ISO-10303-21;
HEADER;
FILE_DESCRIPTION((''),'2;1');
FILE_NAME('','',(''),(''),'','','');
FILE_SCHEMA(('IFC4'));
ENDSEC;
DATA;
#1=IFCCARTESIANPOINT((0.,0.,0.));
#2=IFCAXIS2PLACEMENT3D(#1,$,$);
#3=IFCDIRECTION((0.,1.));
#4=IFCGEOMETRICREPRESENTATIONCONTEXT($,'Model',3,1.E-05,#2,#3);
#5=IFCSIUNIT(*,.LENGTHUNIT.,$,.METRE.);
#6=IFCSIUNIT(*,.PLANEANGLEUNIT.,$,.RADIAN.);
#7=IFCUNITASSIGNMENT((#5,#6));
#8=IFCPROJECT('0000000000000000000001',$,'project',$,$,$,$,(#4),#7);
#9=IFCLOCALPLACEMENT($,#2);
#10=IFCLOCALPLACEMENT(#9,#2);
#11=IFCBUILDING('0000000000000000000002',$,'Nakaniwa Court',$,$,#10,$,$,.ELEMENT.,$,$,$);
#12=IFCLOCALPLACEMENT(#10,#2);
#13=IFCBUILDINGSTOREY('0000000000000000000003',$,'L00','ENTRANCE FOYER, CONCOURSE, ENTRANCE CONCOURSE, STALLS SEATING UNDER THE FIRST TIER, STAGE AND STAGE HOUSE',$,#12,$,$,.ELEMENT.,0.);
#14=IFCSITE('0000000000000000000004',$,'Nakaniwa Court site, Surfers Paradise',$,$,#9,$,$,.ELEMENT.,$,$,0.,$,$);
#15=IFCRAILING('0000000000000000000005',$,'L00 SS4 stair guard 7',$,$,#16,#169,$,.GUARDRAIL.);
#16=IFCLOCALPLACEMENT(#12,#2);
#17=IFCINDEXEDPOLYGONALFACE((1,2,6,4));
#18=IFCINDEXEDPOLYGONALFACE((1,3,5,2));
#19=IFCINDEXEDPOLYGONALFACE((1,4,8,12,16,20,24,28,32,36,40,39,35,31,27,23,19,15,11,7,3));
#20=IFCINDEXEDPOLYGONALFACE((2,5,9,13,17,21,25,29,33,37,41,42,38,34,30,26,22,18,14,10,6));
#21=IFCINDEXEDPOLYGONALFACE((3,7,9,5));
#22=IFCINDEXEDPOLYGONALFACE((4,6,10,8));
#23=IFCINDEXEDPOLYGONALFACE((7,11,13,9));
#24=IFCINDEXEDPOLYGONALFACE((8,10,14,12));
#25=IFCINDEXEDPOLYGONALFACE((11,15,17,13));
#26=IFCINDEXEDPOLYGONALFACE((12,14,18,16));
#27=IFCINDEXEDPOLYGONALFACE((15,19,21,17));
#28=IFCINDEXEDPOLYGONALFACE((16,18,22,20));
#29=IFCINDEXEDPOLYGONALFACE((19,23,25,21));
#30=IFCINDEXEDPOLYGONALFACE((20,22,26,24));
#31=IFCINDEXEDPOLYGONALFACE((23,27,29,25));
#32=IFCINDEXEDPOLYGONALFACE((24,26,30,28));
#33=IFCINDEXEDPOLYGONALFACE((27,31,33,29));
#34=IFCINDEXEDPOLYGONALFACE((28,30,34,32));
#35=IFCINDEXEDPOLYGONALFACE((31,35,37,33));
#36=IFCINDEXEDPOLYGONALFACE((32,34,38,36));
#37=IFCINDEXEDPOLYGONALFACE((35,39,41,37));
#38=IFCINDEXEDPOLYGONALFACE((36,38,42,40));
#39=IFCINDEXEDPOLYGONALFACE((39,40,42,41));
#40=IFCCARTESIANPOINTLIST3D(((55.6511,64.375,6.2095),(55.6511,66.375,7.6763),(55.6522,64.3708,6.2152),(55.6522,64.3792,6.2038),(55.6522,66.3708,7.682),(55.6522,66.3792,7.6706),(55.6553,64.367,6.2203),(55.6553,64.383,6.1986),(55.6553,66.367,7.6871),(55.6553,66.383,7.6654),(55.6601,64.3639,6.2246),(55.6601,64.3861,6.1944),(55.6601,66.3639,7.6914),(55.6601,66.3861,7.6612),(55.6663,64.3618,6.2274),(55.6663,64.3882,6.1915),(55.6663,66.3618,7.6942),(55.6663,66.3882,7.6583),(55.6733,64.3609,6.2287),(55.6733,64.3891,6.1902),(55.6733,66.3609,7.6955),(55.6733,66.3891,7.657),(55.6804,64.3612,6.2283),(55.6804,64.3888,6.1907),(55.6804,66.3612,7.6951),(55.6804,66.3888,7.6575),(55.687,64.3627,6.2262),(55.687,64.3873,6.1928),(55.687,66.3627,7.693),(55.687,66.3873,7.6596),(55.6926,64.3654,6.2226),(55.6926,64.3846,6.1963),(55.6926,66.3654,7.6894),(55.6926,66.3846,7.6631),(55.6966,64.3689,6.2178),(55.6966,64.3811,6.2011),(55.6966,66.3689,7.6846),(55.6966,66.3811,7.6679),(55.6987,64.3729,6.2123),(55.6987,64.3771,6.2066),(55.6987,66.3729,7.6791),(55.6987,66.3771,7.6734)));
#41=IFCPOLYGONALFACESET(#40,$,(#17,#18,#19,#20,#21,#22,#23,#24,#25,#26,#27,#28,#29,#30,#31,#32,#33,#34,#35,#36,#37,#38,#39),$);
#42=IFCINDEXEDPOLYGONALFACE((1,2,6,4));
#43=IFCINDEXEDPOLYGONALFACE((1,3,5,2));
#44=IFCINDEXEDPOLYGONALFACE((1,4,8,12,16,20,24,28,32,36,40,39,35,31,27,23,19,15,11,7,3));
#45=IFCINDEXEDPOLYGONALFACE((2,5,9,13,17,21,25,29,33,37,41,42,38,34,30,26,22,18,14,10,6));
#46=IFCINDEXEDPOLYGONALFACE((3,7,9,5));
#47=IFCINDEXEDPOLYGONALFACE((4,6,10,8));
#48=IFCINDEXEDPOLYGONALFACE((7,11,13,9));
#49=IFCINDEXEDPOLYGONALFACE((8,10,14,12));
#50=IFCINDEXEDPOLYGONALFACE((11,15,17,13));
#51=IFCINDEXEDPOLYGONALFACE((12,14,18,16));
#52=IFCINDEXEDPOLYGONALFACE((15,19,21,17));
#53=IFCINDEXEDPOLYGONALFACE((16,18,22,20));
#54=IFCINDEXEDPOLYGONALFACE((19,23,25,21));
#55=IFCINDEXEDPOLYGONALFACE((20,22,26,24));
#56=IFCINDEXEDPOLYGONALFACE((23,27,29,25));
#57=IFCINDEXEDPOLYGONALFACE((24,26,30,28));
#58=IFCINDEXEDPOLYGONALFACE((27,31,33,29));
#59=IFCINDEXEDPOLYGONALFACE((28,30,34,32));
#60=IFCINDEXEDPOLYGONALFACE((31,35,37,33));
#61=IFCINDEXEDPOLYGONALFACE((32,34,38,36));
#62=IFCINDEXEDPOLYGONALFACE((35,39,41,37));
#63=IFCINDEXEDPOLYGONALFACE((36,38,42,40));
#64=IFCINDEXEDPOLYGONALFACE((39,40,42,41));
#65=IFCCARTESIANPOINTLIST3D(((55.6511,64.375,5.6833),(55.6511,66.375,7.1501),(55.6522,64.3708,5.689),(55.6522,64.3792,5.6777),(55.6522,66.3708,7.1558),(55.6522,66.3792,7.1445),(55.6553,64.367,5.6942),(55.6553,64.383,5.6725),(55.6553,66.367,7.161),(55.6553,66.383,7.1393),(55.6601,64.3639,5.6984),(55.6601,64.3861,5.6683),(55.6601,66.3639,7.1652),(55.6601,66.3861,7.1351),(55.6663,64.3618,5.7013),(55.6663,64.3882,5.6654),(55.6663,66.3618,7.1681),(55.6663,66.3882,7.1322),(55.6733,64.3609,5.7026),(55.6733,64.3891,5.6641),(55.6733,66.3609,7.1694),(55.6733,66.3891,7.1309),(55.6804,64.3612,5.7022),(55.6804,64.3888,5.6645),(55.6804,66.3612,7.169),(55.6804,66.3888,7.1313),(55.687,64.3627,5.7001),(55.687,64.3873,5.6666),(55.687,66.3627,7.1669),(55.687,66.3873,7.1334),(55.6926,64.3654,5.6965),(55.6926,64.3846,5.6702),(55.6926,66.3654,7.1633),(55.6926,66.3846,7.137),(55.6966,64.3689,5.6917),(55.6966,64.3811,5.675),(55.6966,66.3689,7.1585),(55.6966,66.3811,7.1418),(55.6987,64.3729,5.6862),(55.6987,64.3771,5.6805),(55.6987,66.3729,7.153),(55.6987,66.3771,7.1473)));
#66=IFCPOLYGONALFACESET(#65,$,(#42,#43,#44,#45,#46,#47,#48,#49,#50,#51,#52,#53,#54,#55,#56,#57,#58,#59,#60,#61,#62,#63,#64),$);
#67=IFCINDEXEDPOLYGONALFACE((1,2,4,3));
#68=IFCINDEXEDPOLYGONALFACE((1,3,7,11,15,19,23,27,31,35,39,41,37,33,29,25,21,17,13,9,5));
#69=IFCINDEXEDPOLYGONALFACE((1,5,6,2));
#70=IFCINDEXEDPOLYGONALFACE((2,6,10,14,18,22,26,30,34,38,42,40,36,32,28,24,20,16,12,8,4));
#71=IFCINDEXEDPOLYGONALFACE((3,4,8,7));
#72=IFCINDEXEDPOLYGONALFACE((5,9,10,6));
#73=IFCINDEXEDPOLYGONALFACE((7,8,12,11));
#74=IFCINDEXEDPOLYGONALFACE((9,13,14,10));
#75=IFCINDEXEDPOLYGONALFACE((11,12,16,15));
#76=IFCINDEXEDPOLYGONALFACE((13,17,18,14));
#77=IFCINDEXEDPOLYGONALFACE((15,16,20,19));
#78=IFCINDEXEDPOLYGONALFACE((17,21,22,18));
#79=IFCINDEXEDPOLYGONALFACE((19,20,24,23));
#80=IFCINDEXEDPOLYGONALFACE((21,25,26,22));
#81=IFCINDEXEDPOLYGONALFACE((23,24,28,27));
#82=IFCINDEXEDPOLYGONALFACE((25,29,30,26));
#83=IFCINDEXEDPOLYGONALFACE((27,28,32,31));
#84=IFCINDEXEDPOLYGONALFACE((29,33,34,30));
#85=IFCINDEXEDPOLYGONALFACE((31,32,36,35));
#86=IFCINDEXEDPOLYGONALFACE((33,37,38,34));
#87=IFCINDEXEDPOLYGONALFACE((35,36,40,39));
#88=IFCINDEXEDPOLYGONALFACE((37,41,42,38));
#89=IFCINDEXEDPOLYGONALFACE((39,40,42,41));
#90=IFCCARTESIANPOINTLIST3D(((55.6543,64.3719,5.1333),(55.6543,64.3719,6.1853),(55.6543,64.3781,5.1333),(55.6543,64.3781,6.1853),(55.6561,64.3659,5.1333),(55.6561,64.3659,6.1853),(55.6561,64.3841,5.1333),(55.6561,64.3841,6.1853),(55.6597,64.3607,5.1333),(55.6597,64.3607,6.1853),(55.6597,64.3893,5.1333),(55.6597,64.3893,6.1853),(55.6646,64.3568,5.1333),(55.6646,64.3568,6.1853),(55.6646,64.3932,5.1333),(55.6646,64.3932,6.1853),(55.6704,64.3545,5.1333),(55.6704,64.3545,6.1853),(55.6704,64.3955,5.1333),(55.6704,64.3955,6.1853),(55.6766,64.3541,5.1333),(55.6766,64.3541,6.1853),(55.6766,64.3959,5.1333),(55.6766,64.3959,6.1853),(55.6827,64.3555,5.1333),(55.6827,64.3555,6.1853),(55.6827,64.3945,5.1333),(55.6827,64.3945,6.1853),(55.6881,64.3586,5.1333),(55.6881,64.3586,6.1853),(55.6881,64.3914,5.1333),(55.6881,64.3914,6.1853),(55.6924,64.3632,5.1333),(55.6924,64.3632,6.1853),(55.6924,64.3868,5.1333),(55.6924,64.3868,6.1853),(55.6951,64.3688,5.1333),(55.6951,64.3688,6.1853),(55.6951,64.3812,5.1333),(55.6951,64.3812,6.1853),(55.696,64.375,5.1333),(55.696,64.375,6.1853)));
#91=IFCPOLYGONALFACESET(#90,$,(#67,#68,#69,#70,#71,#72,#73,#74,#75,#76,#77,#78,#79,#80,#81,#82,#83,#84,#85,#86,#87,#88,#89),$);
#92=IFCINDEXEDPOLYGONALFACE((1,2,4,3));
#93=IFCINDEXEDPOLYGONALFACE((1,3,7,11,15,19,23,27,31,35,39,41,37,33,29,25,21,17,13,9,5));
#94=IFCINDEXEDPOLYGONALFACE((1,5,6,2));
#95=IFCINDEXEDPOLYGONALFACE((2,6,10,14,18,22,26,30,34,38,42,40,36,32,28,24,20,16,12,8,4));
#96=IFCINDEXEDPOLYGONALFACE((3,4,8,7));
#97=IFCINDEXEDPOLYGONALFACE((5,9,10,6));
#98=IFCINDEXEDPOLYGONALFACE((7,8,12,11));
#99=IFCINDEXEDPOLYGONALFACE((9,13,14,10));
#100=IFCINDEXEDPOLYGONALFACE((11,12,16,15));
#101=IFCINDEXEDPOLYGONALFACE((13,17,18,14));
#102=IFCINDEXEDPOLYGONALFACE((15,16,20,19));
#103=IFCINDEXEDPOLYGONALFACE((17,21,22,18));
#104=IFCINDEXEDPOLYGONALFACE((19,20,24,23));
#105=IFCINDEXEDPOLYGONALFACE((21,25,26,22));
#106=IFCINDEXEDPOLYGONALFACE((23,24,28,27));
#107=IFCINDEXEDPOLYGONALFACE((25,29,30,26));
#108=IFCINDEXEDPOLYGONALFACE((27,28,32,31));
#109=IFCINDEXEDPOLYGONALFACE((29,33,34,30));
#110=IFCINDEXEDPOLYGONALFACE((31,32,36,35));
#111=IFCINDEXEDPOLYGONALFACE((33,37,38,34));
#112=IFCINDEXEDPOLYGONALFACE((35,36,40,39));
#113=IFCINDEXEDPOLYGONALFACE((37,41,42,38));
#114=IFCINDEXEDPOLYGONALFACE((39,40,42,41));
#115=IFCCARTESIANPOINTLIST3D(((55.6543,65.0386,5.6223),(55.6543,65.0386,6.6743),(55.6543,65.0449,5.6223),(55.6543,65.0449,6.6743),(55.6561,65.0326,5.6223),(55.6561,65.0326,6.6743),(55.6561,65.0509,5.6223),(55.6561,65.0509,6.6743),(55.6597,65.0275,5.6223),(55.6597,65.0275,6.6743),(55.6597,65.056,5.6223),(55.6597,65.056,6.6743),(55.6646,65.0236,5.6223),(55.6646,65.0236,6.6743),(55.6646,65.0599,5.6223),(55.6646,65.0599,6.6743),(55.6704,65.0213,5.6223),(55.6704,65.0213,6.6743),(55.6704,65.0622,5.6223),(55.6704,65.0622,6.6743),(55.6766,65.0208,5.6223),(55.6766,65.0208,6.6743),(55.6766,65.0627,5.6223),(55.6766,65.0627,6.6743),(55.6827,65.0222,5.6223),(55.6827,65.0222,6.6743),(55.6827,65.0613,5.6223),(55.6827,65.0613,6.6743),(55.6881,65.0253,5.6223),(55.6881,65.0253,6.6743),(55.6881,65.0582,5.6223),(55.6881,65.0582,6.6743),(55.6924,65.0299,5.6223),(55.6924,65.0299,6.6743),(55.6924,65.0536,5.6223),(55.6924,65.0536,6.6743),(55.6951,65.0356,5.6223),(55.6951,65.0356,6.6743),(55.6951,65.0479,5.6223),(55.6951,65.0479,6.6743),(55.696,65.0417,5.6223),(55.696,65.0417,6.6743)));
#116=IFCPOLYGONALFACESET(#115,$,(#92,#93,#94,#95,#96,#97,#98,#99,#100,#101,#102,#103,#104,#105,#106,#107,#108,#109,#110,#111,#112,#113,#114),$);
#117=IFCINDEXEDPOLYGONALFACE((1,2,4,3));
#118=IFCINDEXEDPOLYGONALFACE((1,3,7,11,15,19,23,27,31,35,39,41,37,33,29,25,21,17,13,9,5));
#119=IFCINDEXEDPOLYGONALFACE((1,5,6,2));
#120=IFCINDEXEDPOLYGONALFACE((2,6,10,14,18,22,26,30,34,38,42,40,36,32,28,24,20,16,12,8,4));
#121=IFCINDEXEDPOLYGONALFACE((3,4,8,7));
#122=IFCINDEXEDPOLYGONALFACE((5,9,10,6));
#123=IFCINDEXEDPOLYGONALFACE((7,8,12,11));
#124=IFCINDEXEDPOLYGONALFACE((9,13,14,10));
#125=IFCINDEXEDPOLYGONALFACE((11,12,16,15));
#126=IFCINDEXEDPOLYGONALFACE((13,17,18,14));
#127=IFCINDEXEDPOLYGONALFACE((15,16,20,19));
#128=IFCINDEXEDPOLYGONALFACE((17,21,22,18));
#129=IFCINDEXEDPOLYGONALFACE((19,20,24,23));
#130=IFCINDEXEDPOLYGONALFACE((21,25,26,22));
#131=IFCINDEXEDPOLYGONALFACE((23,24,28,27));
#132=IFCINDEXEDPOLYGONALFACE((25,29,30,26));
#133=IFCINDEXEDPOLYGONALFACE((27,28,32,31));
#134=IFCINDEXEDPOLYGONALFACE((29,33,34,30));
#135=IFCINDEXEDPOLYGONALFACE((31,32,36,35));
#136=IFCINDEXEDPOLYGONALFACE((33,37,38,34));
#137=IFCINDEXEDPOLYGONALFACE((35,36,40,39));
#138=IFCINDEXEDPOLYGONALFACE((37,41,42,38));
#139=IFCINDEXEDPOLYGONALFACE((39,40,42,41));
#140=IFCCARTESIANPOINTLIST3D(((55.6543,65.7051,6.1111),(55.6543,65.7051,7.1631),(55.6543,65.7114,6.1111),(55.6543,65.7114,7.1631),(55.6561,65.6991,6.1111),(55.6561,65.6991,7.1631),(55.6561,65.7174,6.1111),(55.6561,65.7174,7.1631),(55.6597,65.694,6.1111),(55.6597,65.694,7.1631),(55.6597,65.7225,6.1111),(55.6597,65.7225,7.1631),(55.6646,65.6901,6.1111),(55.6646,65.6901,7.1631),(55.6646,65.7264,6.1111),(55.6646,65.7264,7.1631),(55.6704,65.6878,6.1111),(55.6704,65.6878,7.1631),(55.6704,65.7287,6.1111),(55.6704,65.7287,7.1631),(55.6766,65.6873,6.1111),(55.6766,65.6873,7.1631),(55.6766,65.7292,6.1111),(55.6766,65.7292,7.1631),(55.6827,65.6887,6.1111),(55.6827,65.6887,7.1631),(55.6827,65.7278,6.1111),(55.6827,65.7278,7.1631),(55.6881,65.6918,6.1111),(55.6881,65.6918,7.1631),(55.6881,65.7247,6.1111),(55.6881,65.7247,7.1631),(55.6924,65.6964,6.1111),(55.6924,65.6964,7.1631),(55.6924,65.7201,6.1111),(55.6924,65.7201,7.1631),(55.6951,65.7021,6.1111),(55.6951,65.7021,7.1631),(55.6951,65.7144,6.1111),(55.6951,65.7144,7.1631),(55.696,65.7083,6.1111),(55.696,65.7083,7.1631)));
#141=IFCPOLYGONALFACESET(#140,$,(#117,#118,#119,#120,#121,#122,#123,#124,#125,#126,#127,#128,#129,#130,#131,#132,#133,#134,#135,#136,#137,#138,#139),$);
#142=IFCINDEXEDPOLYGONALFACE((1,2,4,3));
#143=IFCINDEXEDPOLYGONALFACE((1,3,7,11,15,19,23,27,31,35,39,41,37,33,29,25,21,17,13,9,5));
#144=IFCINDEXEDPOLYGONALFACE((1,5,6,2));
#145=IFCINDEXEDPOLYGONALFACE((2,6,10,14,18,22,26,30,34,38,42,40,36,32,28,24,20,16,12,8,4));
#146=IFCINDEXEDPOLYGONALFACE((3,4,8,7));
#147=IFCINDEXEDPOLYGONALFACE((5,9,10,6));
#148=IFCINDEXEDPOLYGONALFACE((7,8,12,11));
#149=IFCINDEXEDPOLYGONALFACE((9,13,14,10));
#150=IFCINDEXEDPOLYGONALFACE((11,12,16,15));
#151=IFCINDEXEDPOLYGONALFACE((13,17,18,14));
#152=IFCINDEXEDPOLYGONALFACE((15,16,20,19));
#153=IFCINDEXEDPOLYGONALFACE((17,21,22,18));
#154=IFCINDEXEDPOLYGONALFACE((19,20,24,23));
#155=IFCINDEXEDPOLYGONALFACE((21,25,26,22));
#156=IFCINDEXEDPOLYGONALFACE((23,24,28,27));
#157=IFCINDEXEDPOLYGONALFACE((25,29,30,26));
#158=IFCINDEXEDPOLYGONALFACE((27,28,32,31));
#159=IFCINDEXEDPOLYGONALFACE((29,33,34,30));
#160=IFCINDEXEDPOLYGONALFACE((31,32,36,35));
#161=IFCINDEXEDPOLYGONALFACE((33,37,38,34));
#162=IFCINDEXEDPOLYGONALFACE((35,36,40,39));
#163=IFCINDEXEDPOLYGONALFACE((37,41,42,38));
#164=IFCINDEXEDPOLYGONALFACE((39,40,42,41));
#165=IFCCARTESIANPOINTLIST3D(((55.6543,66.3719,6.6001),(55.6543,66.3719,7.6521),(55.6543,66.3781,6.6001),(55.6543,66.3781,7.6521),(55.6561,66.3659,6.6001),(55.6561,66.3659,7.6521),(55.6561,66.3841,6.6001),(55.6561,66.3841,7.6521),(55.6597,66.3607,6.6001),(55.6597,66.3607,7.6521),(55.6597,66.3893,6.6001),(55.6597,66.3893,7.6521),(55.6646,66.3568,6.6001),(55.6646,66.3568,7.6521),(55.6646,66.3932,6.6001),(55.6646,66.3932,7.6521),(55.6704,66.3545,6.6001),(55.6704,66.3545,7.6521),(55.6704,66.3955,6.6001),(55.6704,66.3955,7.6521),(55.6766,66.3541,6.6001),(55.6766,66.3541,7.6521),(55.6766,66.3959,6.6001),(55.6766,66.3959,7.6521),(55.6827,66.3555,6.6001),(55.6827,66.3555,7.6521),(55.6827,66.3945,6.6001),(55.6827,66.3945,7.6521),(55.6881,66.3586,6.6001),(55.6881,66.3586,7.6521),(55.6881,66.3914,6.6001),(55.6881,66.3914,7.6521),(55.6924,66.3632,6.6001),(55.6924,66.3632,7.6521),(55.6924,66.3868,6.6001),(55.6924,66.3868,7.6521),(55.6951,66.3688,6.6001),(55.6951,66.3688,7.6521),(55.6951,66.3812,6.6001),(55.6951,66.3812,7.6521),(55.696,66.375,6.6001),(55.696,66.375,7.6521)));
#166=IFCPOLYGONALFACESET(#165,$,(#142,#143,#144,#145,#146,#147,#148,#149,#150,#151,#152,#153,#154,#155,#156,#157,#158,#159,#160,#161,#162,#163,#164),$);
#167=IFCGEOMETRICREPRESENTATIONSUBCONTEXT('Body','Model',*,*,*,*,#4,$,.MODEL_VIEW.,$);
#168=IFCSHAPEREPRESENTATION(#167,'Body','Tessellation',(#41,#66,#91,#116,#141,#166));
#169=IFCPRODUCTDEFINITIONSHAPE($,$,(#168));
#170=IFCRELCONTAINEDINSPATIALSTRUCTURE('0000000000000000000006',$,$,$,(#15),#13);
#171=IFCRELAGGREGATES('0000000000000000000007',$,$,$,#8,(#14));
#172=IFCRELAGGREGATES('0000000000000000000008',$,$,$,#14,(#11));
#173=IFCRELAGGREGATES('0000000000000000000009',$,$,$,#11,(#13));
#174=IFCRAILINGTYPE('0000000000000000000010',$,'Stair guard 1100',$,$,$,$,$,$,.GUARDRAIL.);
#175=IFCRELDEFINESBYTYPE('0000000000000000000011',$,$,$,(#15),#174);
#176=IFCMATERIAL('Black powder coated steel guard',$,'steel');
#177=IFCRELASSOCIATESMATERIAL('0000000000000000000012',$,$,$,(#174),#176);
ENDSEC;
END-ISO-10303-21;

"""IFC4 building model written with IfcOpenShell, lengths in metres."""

from ifc_helpers import new_model, si_unit, direction, frame, origin, origin_2d, place, context, subcontext, project, spatial, circle, extrude, material, type_object, element, save


model = new_model("IFC4")

# Units and contexts
model_context = context("Model", 3, precision=1e-05, world=origin(), true_north=direction((0.0, 1.0)))
body_context = subcontext(model_context, "Body", "Model", "MODEL_VIEW")
ifc_project = project(units=[si_unit("LENGTHUNIT", "METRE"), si_unit("PLANEANGLEUNIT", "RADIAN")], contexts=[model_context])

# Site, building, storey
site_placement = place(None, origin())
site = spatial("IfcSite", under=ifc_project, at=site_placement, Name="Nakaniwa Court site, Surfers Paradise", CompositionType="ELEMENT", RefElevation=0.0)
building_placement = place(site_placement, origin())
building = spatial("IfcBuilding", under=site, at=building_placement, Name="Nakaniwa Court", CompositionType="ELEMENT")
storey_placement = place(building_placement, origin())
storey = spatial("IfcBuildingStorey", under=building, at=storey_placement, Name="L00", Description="ENTRANCE FOYER, CONCOURSE, ENTRANCE CONCOURSE, STALLS SEATING UNDER THE FIRST TIER, STAGE AND STAGE HOUSE", CompositionType="ELEMENT", Elevation=0.0)

# Railing
ifc_material_1 = material(Name="Black powder coated steel guard", Category="steel")
railing_type_1 = type_object("IfcRailingType", Name="Stair guard 1100", PredefinedType="GUARDRAIL", material=ifc_material_1)
railing_1_placement = place(storey_placement, frame((55.675, 64.375, 5.1333)))
element("IfcRailing", 1, at=railing_1_placement, inside=storey, type_object=railing_type_1, Name="L00 SS4 stair guard 7", PredefinedType="GUARDRAIL", context=body_context, shape_type="SweptSolid", body=[
    extrude(circle(Radius=0.0239, at=origin_2d()), frame((0.0, 0.0, 1.0762), z_axis=(0.0, 0.80638, 0.591398), x_axis=(-1.0, 0.0, 0.0)), (0.0, 0.0, 1.0), 2.4802),
    extrude(circle(Radius=0.0239, at=origin_2d()), frame((0.0, 0.0, 0.55), z_axis=(0.0, 0.80638, 0.591398), x_axis=(-1.0, 0.0, 0.0)), (0.0, 0.0, 1.0), 2.4802),
    extrude(circle(Radius=0.021, at=origin_2d()), origin(), (0.0, 0.0, 1.0), 1.052),
    extrude(circle(Radius=0.021, at=origin_2d()), frame((0.0, 0.6667, 0.489)), (0.0, 0.0, 1.0), 1.052),
    extrude(circle(Radius=0.021, at=origin_2d()), frame((0.0, 1.3333, 0.9778)), (0.0, 0.0, 1.0), 1.052),
    extrude(circle(Radius=0.021, at=origin_2d()), frame((0.0, 2.0, 1.4668)), (0.0, 0.0, 1.0), 1.052),
])

save(model, "model.ifc")
